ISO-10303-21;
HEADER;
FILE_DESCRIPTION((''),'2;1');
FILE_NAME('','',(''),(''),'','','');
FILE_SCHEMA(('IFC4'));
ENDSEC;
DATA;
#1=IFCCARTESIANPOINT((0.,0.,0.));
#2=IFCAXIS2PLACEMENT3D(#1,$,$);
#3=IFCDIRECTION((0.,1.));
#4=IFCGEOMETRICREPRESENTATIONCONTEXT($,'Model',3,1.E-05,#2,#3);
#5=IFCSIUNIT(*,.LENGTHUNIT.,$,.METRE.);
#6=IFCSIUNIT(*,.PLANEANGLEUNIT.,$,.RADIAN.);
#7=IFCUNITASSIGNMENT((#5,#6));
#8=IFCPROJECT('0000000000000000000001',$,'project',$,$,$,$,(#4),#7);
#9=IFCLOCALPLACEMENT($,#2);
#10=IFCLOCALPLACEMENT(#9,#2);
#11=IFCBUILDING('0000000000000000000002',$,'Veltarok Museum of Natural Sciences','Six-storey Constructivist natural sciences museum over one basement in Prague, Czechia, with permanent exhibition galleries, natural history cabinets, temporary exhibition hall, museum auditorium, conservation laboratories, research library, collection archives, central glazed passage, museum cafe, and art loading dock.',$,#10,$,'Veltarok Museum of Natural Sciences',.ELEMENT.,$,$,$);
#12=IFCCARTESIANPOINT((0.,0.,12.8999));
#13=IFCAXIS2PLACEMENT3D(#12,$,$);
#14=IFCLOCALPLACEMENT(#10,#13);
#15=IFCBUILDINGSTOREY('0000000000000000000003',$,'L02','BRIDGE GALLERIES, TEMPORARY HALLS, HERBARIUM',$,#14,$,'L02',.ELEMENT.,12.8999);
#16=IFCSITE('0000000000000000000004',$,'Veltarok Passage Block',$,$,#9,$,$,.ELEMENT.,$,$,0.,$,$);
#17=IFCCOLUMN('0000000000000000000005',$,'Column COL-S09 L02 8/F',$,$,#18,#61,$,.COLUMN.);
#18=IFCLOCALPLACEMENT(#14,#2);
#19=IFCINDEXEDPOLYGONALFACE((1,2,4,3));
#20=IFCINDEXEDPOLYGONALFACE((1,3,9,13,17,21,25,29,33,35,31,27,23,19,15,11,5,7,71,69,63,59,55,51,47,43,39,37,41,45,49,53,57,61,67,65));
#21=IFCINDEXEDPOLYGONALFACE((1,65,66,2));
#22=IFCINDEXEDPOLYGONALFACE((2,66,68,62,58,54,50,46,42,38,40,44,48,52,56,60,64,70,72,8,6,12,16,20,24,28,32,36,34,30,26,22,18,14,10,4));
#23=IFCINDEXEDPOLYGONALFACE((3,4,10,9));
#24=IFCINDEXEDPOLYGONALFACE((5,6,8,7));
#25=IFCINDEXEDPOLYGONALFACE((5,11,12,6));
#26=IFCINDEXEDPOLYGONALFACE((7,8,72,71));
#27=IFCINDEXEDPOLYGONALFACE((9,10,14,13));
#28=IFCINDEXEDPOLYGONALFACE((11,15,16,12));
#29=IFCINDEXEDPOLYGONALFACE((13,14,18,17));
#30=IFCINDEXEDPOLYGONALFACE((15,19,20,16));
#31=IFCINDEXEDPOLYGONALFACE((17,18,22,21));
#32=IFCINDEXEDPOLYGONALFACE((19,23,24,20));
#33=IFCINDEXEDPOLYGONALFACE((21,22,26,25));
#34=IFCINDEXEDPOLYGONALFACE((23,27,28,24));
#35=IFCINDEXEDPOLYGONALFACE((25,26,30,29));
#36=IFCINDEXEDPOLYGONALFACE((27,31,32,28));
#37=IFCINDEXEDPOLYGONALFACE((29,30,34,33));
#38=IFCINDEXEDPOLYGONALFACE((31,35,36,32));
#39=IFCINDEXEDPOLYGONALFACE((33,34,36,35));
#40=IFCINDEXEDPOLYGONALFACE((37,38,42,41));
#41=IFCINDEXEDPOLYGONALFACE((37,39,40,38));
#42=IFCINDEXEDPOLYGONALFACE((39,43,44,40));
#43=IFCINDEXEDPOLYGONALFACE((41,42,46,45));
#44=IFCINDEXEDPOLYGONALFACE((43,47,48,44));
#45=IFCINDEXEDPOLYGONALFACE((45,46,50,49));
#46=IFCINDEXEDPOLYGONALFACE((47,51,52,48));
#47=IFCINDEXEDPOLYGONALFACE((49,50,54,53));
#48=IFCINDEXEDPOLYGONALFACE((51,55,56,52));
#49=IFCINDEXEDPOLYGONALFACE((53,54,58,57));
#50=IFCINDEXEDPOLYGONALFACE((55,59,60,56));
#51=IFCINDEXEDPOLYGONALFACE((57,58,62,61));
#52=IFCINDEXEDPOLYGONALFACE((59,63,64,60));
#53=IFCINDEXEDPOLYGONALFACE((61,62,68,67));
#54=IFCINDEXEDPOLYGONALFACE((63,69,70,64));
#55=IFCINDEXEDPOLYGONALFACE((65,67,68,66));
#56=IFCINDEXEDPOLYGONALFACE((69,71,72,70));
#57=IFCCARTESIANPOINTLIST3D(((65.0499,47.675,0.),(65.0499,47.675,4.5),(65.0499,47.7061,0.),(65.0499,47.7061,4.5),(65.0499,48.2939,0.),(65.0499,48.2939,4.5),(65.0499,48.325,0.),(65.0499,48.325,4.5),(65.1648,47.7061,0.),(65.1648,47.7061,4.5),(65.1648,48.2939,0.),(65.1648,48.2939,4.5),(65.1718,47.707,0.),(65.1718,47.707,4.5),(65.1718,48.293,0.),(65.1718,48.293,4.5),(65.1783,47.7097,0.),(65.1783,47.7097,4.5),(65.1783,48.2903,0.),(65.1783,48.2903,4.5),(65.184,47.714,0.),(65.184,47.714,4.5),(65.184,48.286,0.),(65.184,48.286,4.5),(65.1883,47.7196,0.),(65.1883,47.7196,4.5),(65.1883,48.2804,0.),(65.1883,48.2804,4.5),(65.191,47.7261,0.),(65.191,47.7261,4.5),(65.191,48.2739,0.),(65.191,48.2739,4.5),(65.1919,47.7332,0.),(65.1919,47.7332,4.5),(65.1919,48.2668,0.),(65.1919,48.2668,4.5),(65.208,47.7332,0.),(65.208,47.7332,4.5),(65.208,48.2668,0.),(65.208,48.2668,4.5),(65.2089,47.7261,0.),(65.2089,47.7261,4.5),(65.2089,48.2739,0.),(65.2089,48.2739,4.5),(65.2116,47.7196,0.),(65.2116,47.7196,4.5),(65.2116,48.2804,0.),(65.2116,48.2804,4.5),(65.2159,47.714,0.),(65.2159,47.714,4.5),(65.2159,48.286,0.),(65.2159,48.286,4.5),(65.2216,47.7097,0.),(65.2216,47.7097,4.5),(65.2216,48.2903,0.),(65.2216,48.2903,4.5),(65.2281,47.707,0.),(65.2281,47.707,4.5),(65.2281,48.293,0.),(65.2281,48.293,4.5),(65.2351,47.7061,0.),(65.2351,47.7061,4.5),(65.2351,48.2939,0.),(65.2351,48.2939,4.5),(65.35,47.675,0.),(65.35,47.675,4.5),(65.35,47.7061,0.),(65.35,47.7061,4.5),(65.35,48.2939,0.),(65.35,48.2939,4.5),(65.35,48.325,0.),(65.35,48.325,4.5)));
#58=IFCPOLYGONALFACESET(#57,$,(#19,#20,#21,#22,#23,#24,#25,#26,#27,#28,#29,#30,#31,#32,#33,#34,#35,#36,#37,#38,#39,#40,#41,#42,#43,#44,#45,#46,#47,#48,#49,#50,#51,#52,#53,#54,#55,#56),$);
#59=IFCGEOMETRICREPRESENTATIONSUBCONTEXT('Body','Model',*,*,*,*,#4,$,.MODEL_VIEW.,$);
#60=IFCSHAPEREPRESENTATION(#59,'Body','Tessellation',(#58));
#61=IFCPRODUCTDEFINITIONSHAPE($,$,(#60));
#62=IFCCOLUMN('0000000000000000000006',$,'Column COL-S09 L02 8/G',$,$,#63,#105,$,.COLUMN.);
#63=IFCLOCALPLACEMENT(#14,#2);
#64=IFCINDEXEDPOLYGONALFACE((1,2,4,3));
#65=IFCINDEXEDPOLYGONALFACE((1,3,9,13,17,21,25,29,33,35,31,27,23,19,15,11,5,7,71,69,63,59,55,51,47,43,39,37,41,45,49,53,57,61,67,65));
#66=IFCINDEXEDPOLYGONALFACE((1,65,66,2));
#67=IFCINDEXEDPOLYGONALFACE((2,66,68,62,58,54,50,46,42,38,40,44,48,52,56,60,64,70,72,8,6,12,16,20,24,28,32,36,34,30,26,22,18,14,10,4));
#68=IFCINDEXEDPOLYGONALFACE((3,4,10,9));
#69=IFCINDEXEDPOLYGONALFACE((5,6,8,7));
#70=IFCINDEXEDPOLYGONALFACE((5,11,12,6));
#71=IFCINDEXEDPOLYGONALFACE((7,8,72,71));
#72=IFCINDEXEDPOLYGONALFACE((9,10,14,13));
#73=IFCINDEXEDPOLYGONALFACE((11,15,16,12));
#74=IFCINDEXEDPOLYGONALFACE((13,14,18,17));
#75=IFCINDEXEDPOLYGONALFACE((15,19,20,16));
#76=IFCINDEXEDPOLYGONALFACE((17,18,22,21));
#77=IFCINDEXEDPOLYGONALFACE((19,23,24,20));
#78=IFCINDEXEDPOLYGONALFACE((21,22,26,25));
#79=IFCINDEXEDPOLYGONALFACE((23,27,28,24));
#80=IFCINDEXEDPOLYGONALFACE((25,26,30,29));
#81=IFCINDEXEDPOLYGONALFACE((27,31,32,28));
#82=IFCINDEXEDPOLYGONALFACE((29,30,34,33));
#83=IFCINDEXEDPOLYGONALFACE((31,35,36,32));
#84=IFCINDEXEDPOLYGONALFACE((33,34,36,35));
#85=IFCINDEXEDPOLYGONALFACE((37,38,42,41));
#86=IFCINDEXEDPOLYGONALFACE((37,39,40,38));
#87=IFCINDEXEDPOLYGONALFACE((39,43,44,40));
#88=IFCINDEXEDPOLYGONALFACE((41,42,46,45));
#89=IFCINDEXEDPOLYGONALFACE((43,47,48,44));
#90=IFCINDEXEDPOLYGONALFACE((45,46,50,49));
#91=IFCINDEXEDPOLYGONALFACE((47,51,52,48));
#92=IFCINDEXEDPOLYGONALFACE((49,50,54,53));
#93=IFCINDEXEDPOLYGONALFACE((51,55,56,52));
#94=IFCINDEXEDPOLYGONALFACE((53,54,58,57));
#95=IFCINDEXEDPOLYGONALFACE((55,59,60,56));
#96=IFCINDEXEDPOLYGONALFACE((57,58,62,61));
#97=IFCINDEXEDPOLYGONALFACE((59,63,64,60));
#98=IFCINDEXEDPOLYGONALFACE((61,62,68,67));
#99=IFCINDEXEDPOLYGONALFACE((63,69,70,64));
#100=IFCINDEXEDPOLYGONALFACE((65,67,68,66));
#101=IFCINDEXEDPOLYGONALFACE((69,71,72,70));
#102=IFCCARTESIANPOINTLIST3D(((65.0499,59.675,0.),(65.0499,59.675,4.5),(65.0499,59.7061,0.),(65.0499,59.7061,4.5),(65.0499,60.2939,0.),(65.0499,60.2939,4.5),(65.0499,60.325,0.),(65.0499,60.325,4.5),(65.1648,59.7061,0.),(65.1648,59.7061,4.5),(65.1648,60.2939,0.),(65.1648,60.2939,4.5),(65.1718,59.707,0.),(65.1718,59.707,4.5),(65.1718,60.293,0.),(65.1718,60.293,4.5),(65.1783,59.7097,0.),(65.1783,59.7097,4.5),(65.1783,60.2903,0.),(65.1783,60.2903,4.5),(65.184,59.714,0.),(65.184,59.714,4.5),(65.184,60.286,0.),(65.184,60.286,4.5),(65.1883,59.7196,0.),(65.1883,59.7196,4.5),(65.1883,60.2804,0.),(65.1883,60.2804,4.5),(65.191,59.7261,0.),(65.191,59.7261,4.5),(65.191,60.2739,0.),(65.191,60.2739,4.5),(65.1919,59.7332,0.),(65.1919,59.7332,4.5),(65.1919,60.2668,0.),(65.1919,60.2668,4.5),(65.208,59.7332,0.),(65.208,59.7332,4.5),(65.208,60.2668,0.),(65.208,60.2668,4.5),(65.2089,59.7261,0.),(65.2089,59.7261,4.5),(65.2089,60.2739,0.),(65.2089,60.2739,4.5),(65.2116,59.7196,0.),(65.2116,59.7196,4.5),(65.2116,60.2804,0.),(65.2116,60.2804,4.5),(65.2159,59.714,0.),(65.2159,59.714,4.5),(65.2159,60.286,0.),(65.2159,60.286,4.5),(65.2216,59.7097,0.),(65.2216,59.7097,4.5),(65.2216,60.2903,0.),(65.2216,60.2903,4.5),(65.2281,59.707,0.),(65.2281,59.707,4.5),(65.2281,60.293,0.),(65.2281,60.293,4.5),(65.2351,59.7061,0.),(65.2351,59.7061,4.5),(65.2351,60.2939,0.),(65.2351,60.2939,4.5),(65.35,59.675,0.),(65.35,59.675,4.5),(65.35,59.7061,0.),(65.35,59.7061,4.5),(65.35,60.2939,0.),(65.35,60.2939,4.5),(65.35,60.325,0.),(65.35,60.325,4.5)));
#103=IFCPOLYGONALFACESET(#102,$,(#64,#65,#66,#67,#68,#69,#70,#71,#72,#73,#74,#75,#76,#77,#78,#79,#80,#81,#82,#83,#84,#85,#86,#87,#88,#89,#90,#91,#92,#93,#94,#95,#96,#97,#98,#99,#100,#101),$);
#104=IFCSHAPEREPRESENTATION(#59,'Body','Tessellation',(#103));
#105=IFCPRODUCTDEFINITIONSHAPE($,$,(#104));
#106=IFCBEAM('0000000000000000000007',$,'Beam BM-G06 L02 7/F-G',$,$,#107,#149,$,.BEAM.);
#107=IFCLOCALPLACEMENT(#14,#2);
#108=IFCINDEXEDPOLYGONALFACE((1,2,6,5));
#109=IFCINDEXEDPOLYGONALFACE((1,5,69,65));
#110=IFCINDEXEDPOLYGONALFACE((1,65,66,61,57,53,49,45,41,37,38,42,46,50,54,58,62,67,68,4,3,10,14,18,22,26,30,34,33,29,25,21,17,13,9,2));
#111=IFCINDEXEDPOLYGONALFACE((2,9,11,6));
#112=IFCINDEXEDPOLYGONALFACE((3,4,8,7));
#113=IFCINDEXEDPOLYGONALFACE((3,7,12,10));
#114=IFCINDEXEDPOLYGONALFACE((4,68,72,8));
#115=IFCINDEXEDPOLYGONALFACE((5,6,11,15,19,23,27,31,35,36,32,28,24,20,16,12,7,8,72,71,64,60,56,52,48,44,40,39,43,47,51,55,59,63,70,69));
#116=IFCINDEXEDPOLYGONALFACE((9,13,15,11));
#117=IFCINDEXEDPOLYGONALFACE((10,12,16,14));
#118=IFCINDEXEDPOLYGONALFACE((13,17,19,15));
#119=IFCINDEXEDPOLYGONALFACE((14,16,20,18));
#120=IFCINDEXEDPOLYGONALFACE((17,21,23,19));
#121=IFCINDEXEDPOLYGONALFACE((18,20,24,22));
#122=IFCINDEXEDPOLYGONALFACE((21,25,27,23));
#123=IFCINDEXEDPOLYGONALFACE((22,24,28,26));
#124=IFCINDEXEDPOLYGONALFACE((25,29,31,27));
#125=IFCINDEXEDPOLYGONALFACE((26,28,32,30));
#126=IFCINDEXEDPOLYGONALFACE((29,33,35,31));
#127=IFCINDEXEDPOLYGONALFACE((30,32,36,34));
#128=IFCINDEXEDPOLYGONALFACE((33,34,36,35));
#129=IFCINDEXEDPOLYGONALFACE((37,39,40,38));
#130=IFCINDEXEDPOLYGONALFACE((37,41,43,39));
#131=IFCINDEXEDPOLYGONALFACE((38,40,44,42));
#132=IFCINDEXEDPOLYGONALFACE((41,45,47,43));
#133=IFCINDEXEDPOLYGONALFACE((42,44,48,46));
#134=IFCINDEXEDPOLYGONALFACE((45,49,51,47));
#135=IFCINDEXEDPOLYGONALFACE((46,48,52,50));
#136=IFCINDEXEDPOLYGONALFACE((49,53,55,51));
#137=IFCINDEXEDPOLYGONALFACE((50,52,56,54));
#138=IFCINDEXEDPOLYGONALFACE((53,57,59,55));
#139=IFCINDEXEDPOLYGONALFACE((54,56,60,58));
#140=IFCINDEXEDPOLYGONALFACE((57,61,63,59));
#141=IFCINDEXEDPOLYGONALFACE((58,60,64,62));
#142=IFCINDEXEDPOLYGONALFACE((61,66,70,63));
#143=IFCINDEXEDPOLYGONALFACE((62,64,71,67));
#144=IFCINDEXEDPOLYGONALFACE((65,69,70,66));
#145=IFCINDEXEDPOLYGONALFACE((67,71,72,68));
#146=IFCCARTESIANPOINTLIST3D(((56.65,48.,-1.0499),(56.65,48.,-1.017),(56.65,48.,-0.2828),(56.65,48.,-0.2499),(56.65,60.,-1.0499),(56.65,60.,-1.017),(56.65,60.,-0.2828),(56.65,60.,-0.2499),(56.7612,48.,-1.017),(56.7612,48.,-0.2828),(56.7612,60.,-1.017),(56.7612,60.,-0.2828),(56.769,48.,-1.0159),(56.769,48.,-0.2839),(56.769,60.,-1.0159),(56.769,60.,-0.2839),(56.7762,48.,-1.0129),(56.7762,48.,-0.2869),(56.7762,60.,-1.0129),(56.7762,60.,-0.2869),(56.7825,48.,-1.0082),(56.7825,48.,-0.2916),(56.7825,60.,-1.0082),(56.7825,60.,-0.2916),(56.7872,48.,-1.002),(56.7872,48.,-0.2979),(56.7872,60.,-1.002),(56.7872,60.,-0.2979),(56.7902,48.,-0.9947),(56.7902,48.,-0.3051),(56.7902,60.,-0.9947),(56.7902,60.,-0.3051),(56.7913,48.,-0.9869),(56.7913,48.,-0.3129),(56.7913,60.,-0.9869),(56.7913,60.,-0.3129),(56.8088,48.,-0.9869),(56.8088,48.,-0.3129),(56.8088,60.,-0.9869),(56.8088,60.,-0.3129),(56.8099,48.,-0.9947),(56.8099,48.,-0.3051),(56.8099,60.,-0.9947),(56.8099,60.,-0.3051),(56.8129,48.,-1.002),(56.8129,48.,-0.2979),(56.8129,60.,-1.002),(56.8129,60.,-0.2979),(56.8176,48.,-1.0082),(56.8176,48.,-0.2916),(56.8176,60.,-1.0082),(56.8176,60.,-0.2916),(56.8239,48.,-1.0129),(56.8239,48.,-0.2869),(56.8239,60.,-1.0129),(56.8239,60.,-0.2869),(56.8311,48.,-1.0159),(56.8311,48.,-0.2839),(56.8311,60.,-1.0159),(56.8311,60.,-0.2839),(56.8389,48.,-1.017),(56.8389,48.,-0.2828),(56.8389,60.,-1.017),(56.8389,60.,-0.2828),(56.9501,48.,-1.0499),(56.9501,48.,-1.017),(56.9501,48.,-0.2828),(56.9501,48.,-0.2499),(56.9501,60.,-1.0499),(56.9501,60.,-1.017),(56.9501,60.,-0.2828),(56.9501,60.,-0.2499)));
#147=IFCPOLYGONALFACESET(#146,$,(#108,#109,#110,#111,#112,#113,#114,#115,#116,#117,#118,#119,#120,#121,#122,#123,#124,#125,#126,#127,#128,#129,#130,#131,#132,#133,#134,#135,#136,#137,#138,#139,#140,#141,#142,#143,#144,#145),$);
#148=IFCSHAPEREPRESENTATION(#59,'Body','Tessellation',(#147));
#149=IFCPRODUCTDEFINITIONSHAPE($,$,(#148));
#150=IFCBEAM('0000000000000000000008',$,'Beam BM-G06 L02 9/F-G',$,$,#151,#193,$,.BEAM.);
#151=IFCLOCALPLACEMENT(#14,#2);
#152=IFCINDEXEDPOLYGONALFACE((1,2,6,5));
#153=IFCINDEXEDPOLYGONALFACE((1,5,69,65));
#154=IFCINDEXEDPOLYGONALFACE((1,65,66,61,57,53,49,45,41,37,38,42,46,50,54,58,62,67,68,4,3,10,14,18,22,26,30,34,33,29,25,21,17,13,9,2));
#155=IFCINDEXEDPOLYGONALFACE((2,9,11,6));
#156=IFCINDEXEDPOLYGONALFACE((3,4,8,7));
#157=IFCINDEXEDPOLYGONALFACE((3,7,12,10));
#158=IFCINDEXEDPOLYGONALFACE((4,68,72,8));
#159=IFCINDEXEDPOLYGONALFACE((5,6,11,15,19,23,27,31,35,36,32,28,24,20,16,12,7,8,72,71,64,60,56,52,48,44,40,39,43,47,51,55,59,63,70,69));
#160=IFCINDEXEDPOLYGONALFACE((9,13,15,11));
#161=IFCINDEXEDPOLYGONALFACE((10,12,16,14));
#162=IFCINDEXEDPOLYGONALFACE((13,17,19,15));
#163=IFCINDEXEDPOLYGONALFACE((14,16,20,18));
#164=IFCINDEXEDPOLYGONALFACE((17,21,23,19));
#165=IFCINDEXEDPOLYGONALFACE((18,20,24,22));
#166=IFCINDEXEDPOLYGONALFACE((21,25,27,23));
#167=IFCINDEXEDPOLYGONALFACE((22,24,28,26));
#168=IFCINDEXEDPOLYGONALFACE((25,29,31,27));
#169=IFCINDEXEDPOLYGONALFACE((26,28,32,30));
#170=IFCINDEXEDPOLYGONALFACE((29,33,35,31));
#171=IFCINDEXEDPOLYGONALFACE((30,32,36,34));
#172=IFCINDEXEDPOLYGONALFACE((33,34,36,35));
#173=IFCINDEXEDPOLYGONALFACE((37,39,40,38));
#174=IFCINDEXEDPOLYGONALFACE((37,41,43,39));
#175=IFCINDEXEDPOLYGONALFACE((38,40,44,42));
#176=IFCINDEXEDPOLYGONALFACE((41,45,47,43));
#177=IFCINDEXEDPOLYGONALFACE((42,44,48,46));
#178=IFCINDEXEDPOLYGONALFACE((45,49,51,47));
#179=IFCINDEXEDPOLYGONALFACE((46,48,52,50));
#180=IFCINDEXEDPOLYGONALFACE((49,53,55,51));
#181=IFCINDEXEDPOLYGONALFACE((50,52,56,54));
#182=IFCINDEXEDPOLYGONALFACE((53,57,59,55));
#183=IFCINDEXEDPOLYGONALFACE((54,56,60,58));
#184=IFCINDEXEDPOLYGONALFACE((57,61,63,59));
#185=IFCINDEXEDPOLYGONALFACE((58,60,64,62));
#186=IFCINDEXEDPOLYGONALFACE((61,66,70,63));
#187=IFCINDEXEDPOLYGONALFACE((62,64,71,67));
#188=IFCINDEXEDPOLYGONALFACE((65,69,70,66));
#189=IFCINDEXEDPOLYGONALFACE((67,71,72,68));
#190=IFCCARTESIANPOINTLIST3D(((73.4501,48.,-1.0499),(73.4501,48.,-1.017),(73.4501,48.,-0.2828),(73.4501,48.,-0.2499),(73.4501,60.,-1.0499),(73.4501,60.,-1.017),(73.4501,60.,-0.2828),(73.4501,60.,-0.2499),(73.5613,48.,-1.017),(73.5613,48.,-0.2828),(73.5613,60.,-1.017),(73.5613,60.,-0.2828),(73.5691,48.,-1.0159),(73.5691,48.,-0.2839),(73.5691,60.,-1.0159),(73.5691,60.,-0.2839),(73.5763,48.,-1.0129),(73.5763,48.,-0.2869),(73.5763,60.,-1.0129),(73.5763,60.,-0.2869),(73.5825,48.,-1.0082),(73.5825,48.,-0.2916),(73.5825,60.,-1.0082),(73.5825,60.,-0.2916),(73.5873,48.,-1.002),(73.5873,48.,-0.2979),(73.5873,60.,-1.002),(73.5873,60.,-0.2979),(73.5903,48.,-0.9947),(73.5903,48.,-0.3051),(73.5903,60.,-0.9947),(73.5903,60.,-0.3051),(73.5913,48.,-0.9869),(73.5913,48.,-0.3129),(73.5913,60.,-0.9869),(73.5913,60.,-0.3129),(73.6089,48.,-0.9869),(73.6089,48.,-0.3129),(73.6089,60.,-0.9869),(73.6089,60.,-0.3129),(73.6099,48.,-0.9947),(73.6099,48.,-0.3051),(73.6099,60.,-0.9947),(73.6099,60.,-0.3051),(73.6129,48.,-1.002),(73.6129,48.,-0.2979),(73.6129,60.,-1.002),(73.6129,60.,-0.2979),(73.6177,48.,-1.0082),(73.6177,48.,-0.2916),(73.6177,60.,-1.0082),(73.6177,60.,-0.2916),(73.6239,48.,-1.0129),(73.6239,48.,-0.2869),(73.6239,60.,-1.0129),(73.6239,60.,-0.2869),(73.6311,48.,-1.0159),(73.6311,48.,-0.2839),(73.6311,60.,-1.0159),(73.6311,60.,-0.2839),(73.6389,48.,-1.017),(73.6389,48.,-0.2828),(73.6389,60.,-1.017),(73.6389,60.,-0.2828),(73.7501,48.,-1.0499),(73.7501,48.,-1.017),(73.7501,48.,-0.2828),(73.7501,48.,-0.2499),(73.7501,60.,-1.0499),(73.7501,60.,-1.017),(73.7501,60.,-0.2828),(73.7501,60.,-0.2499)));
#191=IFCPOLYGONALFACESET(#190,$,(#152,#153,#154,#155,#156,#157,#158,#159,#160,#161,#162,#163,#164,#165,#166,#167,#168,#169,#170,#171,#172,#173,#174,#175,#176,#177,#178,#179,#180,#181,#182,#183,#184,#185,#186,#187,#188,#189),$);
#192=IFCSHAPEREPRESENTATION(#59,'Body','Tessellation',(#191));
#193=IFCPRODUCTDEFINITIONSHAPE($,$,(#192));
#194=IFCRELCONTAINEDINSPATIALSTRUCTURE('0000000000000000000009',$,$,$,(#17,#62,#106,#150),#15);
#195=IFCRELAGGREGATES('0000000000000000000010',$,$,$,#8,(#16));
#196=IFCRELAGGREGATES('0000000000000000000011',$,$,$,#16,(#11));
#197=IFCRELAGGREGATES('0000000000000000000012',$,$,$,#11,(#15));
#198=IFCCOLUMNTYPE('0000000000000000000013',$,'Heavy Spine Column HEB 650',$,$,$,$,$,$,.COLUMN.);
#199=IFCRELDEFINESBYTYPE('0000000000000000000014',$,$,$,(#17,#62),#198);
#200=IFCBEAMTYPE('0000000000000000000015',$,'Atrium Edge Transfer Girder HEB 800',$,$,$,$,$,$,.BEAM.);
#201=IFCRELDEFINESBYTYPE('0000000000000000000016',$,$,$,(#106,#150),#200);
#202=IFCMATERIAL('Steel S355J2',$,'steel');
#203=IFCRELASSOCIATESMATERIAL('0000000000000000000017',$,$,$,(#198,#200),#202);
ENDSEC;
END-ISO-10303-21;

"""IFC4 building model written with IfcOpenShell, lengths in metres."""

from ifc_helpers import new_model, si_unit, direction, frame, origin, origin_2d, place, context, subcontext, project, spatial, i_section, extrude, material, material_profile, profile_set, type_object, element, save


model = new_model("IFC4")

# Units and contexts
model_context = context("Model", 3, precision=1e-05, world=origin(), true_north=direction((0.0, 1.0)))
body_context = subcontext(model_context, "Body", "Model", "MODEL_VIEW")
ifc_project = project(units=[si_unit("LENGTHUNIT", "METRE"), si_unit("PLANEANGLEUNIT", "RADIAN")], contexts=[model_context])

# Site, building, storey
site_placement = place(None, origin())
site = spatial("IfcSite", under=ifc_project, at=site_placement, Name="Veltarok Passage Block", CompositionType="ELEMENT", RefElevation=0.0)
building_placement = place(site_placement, origin())
building = spatial("IfcBuilding", under=site, at=building_placement, Name="Veltarok Museum of Natural Sciences", Description="Six-storey Constructivist natural sciences museum over one basement in Prague, Czechia, with permanent exhibition galleries, natural history cabinets, temporary exhibition hall, museum auditorium, conservation laboratories, research library, collection archives, central glazed passage, museum cafe, and art loading dock.", LongName="Veltarok Museum of Natural Sciences", CompositionType="ELEMENT")
storey_placement = place(building_placement, frame((0.0, 0.0, 12.8999)))
storey = spatial("IfcBuildingStorey", under=building, at=storey_placement, Name="L02", Description="BRIDGE GALLERIES, TEMPORARY HALLS, HERBARIUM", LongName="L02", CompositionType="ELEMENT", Elevation=12.8999)

# Columns
ifc_material_1 = material(Name="Steel S355J2", Category="steel")
ifc_material_profile_1 = material_profile(ifc_material_1, i_section(OverallWidth=0.3, OverallDepth=0.6499, WebThickness=0.0161, FlangeThickness=0.031, FilletRadius=0.0271, at=origin_2d()), Name="HEB 650")
ifc_profile_set_1 = profile_set([ifc_material_profile_1], Name="Steel S355J2")
column_type_1 = type_object("IfcColumnType", Name="Heavy Spine Column HEB 650", PredefinedType="COLUMN", material=ifc_profile_set_1)
for number, where, z_axis, x_axis, name in (
    (1, (65.2, 48.0, 0.0), (0.0, 0.0, 1.0), (1.0, 0.0, 0.0), "Column COL-S09 L02 8/F"),
    (2, (65.2, 60.0, 0.0), (0.0, 0.0, 1.0), (1.0, 0.0, 0.0), "Column COL-S09 L02 8/G"),
):
    element("IfcColumn", number, at=place(storey_placement, frame(where, z_axis=z_axis, x_axis=x_axis)), inside=storey, type_object=column_type_1, Name=name, PredefinedType="COLUMN", context=body_context, shape_type="SweptSolid", body=[
        extrude(i_section(OverallWidth=0.3, OverallDepth=0.6499, WebThickness=0.0161, FlangeThickness=0.031, FilletRadius=0.0271, at=origin_2d()), origin(), (0.0, 0.0, 1.0), 4.5),
    ])

# Beams
ifc_material_profile_2 = material_profile(ifc_material_1, i_section(OverallWidth=0.3, OverallDepth=0.8, WebThickness=0.0176, FlangeThickness=0.033, FilletRadius=0.03, at=origin_2d()), Name="HEB 800")
ifc_profile_set_2 = profile_set([ifc_material_profile_2], Name="Steel S355J2")
beam_type_1 = type_object("IfcBeamType", Name="Atrium Edge Transfer Girder HEB 800", PredefinedType="BEAM", material=ifc_profile_set_2)
for number, where, z_axis, x_axis, name in (
    (3, (56.8, 48.0, -0.6499), (0.0, 1.0, 0.0), (-1.0, 0.0, 0.0), "Beam BM-G06 L02 7/F-G"),
    (4, (73.6001, 48.0, -0.6499), (0.0, 1.0, 0.0), (-1.0, 0.0, 0.0), "Beam BM-G06 L02 9/F-G"),
):
    element("IfcBeam", number, at=place(storey_placement, frame(where, z_axis=z_axis, x_axis=x_axis)), inside=storey, type_object=beam_type_1, Name=name, PredefinedType="BEAM", context=body_context, shape_type="SweptSolid", body=[
        extrude(i_section(OverallWidth=0.3, OverallDepth=0.8, WebThickness=0.0176, FlangeThickness=0.033, FilletRadius=0.03, at=origin_2d()), origin(), (0.0, 0.0, 1.0), 12.0),
    ])

save(model, "model.ifc")
